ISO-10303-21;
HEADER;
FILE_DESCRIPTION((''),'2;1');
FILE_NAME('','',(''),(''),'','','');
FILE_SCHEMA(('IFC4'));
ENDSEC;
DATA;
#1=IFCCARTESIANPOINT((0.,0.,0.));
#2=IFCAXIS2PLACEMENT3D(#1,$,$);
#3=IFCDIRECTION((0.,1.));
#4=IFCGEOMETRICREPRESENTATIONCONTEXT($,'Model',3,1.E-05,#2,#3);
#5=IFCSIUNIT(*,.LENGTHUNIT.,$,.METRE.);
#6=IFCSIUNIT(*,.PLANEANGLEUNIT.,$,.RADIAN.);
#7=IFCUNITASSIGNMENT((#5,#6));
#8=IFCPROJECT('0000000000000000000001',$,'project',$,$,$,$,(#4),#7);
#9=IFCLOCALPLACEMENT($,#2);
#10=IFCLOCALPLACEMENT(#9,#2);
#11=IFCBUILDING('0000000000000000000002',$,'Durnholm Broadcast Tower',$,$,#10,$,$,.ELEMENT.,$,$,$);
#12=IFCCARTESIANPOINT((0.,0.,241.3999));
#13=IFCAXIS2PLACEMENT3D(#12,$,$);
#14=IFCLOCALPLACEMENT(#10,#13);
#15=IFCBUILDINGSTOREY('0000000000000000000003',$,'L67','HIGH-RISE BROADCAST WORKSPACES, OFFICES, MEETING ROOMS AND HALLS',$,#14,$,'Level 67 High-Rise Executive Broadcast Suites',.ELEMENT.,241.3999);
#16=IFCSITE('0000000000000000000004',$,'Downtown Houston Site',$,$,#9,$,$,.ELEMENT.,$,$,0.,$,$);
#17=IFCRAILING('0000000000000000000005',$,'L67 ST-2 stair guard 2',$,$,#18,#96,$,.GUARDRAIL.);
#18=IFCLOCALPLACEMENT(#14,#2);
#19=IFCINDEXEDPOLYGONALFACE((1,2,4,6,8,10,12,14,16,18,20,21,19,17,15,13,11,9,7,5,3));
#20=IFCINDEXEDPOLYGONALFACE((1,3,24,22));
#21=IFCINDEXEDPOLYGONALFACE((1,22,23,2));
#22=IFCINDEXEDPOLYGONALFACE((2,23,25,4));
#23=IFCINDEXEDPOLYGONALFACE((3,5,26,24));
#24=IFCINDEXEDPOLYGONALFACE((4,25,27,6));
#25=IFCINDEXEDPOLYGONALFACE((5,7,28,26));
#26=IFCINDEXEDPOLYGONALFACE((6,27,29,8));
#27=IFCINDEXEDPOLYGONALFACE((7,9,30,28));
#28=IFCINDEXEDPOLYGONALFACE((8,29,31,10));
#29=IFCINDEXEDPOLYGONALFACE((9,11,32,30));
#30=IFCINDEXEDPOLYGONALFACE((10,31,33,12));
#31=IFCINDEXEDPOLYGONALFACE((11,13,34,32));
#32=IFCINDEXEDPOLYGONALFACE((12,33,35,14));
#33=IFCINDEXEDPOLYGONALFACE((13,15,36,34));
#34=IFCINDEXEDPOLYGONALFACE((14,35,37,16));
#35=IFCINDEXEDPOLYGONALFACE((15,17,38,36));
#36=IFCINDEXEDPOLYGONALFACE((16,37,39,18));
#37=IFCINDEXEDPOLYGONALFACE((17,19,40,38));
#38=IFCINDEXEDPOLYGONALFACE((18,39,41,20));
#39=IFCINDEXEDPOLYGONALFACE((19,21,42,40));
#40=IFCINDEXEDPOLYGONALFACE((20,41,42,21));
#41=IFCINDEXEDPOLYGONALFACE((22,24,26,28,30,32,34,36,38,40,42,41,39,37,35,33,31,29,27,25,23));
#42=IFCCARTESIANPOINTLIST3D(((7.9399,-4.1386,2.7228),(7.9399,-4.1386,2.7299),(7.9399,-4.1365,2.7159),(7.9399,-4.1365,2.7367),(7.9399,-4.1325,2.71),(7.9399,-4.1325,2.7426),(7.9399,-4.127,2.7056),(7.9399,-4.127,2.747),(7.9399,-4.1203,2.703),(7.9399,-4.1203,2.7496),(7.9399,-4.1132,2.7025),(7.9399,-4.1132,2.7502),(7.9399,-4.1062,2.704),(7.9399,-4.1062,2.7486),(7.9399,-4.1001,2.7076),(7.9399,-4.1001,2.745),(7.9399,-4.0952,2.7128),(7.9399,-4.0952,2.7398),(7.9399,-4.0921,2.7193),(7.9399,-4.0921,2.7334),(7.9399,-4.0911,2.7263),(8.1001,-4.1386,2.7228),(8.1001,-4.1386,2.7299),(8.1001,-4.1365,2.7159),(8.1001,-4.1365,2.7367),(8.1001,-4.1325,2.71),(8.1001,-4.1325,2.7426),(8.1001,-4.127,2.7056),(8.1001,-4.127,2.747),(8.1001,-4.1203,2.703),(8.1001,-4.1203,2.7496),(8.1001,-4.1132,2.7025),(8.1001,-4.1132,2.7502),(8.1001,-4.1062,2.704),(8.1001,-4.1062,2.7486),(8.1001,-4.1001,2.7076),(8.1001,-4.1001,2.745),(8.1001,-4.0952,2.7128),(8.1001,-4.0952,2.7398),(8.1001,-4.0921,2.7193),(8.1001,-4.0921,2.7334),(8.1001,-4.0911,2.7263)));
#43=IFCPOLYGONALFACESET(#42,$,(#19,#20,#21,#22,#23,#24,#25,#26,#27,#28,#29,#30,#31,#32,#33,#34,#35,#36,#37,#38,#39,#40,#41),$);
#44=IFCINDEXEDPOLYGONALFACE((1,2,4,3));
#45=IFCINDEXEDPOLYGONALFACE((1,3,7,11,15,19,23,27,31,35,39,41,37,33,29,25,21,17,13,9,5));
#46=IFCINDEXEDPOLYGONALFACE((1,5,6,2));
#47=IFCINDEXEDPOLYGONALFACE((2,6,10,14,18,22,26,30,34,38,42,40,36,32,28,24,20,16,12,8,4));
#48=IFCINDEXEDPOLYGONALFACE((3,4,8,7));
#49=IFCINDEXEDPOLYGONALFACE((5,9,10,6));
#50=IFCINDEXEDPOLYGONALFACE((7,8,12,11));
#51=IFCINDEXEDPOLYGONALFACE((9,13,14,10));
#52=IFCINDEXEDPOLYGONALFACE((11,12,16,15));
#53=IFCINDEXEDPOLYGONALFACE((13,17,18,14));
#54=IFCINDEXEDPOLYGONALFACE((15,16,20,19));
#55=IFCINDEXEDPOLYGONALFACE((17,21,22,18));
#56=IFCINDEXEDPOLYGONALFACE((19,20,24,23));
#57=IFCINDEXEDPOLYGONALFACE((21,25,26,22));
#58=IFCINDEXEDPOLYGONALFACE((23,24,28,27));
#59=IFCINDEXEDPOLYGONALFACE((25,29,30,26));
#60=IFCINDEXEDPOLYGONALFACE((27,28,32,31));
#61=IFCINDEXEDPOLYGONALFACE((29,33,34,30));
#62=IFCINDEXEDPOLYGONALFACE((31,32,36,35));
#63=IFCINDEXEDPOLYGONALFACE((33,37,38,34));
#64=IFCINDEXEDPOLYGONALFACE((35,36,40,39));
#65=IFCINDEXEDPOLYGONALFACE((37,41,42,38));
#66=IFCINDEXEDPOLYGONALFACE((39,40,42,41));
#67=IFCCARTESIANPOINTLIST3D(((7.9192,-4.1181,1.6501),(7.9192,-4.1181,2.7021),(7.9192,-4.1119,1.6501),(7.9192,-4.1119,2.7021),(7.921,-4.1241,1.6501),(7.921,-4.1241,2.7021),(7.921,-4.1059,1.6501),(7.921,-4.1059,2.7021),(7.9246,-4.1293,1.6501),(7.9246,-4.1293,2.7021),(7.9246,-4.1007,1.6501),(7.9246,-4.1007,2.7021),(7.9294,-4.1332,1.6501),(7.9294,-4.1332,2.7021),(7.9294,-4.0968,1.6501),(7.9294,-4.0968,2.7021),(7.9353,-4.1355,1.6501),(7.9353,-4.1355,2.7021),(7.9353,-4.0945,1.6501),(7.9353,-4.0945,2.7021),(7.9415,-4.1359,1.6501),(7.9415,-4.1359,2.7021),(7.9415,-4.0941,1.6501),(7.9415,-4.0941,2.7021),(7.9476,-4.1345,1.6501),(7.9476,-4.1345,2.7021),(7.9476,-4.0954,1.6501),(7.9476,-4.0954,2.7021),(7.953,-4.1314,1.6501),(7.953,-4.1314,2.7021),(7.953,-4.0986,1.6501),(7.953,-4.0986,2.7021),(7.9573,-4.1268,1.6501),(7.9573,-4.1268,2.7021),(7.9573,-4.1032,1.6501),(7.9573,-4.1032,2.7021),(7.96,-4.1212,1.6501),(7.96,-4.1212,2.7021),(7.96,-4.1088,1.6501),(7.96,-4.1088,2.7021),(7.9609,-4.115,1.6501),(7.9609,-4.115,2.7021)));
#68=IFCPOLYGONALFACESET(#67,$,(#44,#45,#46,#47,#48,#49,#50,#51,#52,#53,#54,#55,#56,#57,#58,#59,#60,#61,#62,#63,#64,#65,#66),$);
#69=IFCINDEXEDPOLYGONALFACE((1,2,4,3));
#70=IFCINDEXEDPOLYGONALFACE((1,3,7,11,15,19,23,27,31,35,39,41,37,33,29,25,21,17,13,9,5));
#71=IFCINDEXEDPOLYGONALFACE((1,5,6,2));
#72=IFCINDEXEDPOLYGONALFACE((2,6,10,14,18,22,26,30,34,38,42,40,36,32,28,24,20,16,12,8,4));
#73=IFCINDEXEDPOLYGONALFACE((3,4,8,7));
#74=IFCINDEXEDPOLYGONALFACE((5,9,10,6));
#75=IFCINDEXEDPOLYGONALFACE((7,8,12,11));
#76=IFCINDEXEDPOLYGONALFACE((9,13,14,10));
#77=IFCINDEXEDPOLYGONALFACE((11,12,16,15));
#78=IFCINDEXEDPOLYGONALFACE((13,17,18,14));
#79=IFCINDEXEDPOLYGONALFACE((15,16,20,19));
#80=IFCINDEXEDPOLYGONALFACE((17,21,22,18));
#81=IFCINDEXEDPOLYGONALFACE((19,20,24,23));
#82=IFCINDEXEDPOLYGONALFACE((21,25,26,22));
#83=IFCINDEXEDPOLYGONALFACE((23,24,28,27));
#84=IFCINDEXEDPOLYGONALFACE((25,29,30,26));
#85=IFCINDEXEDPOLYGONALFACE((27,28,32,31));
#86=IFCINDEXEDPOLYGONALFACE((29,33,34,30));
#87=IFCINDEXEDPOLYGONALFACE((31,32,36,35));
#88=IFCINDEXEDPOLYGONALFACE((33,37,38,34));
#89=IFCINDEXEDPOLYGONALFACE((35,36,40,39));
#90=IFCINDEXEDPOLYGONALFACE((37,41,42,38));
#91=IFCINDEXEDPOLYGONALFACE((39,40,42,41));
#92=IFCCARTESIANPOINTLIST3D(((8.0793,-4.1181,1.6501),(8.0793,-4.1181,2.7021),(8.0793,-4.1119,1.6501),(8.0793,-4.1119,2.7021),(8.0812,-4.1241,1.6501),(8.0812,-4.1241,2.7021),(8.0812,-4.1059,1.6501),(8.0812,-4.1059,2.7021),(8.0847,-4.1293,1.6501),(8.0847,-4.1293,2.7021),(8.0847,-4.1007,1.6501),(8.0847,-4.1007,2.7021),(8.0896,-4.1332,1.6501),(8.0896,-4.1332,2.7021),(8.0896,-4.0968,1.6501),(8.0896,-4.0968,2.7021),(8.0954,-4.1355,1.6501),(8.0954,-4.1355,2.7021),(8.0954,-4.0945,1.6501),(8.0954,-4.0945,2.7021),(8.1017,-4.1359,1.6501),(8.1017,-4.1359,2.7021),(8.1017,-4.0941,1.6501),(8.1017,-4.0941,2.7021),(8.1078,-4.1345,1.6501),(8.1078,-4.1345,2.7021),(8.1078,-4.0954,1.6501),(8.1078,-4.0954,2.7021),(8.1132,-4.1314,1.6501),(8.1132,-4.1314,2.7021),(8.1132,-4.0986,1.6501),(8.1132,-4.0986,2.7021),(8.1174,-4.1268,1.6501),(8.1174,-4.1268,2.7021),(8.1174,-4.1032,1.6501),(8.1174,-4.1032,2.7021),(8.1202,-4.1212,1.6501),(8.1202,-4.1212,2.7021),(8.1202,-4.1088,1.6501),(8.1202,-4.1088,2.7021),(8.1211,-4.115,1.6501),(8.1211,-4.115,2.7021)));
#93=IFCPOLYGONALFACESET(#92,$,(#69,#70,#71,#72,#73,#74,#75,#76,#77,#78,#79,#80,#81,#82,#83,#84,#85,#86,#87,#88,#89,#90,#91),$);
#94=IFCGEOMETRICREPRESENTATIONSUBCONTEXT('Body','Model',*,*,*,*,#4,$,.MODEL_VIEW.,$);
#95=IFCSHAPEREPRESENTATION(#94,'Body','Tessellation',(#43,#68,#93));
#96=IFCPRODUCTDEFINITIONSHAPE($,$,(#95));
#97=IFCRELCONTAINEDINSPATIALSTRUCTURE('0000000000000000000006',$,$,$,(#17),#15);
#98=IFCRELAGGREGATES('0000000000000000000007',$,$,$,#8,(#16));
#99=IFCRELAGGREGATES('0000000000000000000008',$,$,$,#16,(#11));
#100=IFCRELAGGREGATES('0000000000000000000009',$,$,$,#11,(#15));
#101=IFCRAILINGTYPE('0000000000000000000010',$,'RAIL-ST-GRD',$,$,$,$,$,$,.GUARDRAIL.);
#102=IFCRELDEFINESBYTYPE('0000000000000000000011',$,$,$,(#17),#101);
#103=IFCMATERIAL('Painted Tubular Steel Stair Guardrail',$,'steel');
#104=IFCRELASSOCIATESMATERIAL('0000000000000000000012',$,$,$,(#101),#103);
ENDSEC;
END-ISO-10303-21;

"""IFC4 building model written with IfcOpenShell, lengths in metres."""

from ifc_helpers import new_model, si_unit, direction, frame, origin, origin_2d, place, context, subcontext, project, spatial, circle, extrude, material, type_object, element, save


model = new_model("IFC4")

# Units and contexts
model_context = context("Model", 3, precision=1e-05, world=origin(), true_north=direction((0.0, 1.0)))
body_context = subcontext(model_context, "Body", "Model", "MODEL_VIEW")
ifc_project = project(units=[si_unit("LENGTHUNIT", "METRE"), si_unit("PLANEANGLEUNIT", "RADIAN")], contexts=[model_context])

# Site, building, storey
site_placement = place(None, origin())
site = spatial("IfcSite", under=ifc_project, at=site_placement, Name="Downtown Houston Site", CompositionType="ELEMENT", RefElevation=0.0)
building_placement = place(site_placement, origin())
building = spatial("IfcBuilding", under=site, at=building_placement, Name="Durnholm Broadcast Tower", CompositionType="ELEMENT")
storey_placement = place(building_placement, frame((0.0, 0.0, 241.3999)))
storey = spatial("IfcBuildingStorey", under=building, at=storey_placement, Name="L67", Description="HIGH-RISE BROADCAST WORKSPACES, OFFICES, MEETING ROOMS AND HALLS", LongName="Level 67 High-Rise Executive Broadcast Suites", CompositionType="ELEMENT", Elevation=241.3999)

# Railing
ifc_material_1 = material(Name="Painted Tubular Steel Stair Guardrail", Category="steel")
railing_type_1 = type_object("IfcRailingType", Name="RAIL-ST-GRD", PredefinedType="GUARDRAIL", material=ifc_material_1)
railing_1_placement = place(storey_placement, frame((7.9399, -4.115, 1.6501)))
element("IfcRailing", 1, at=railing_1_placement, inside=storey, type_object=railing_type_1, Name="L67 ST-2 stair guard 2", PredefinedType="GUARDRAIL", context=body_context, shape_type="SweptSolid", body=[
    extrude(circle(Radius=0.0239, at=origin_2d()), frame((0.0, 0.0, 1.0762), z_axis=(1.0, 0.0, 0.0), x_axis=(0.0, 1.0, 0.0)), (0.0, 0.0, 1.0), 0.1602),
    extrude(circle(Radius=0.021, at=origin_2d()), origin(), (0.0, 0.0, 1.0), 1.052),
    extrude(circle(Radius=0.021, at=origin_2d()), frame((0.1602, 0.0, 0.0)), (0.0, 0.0, 1.0), 1.052),
])

save(model, "model.ifc")
